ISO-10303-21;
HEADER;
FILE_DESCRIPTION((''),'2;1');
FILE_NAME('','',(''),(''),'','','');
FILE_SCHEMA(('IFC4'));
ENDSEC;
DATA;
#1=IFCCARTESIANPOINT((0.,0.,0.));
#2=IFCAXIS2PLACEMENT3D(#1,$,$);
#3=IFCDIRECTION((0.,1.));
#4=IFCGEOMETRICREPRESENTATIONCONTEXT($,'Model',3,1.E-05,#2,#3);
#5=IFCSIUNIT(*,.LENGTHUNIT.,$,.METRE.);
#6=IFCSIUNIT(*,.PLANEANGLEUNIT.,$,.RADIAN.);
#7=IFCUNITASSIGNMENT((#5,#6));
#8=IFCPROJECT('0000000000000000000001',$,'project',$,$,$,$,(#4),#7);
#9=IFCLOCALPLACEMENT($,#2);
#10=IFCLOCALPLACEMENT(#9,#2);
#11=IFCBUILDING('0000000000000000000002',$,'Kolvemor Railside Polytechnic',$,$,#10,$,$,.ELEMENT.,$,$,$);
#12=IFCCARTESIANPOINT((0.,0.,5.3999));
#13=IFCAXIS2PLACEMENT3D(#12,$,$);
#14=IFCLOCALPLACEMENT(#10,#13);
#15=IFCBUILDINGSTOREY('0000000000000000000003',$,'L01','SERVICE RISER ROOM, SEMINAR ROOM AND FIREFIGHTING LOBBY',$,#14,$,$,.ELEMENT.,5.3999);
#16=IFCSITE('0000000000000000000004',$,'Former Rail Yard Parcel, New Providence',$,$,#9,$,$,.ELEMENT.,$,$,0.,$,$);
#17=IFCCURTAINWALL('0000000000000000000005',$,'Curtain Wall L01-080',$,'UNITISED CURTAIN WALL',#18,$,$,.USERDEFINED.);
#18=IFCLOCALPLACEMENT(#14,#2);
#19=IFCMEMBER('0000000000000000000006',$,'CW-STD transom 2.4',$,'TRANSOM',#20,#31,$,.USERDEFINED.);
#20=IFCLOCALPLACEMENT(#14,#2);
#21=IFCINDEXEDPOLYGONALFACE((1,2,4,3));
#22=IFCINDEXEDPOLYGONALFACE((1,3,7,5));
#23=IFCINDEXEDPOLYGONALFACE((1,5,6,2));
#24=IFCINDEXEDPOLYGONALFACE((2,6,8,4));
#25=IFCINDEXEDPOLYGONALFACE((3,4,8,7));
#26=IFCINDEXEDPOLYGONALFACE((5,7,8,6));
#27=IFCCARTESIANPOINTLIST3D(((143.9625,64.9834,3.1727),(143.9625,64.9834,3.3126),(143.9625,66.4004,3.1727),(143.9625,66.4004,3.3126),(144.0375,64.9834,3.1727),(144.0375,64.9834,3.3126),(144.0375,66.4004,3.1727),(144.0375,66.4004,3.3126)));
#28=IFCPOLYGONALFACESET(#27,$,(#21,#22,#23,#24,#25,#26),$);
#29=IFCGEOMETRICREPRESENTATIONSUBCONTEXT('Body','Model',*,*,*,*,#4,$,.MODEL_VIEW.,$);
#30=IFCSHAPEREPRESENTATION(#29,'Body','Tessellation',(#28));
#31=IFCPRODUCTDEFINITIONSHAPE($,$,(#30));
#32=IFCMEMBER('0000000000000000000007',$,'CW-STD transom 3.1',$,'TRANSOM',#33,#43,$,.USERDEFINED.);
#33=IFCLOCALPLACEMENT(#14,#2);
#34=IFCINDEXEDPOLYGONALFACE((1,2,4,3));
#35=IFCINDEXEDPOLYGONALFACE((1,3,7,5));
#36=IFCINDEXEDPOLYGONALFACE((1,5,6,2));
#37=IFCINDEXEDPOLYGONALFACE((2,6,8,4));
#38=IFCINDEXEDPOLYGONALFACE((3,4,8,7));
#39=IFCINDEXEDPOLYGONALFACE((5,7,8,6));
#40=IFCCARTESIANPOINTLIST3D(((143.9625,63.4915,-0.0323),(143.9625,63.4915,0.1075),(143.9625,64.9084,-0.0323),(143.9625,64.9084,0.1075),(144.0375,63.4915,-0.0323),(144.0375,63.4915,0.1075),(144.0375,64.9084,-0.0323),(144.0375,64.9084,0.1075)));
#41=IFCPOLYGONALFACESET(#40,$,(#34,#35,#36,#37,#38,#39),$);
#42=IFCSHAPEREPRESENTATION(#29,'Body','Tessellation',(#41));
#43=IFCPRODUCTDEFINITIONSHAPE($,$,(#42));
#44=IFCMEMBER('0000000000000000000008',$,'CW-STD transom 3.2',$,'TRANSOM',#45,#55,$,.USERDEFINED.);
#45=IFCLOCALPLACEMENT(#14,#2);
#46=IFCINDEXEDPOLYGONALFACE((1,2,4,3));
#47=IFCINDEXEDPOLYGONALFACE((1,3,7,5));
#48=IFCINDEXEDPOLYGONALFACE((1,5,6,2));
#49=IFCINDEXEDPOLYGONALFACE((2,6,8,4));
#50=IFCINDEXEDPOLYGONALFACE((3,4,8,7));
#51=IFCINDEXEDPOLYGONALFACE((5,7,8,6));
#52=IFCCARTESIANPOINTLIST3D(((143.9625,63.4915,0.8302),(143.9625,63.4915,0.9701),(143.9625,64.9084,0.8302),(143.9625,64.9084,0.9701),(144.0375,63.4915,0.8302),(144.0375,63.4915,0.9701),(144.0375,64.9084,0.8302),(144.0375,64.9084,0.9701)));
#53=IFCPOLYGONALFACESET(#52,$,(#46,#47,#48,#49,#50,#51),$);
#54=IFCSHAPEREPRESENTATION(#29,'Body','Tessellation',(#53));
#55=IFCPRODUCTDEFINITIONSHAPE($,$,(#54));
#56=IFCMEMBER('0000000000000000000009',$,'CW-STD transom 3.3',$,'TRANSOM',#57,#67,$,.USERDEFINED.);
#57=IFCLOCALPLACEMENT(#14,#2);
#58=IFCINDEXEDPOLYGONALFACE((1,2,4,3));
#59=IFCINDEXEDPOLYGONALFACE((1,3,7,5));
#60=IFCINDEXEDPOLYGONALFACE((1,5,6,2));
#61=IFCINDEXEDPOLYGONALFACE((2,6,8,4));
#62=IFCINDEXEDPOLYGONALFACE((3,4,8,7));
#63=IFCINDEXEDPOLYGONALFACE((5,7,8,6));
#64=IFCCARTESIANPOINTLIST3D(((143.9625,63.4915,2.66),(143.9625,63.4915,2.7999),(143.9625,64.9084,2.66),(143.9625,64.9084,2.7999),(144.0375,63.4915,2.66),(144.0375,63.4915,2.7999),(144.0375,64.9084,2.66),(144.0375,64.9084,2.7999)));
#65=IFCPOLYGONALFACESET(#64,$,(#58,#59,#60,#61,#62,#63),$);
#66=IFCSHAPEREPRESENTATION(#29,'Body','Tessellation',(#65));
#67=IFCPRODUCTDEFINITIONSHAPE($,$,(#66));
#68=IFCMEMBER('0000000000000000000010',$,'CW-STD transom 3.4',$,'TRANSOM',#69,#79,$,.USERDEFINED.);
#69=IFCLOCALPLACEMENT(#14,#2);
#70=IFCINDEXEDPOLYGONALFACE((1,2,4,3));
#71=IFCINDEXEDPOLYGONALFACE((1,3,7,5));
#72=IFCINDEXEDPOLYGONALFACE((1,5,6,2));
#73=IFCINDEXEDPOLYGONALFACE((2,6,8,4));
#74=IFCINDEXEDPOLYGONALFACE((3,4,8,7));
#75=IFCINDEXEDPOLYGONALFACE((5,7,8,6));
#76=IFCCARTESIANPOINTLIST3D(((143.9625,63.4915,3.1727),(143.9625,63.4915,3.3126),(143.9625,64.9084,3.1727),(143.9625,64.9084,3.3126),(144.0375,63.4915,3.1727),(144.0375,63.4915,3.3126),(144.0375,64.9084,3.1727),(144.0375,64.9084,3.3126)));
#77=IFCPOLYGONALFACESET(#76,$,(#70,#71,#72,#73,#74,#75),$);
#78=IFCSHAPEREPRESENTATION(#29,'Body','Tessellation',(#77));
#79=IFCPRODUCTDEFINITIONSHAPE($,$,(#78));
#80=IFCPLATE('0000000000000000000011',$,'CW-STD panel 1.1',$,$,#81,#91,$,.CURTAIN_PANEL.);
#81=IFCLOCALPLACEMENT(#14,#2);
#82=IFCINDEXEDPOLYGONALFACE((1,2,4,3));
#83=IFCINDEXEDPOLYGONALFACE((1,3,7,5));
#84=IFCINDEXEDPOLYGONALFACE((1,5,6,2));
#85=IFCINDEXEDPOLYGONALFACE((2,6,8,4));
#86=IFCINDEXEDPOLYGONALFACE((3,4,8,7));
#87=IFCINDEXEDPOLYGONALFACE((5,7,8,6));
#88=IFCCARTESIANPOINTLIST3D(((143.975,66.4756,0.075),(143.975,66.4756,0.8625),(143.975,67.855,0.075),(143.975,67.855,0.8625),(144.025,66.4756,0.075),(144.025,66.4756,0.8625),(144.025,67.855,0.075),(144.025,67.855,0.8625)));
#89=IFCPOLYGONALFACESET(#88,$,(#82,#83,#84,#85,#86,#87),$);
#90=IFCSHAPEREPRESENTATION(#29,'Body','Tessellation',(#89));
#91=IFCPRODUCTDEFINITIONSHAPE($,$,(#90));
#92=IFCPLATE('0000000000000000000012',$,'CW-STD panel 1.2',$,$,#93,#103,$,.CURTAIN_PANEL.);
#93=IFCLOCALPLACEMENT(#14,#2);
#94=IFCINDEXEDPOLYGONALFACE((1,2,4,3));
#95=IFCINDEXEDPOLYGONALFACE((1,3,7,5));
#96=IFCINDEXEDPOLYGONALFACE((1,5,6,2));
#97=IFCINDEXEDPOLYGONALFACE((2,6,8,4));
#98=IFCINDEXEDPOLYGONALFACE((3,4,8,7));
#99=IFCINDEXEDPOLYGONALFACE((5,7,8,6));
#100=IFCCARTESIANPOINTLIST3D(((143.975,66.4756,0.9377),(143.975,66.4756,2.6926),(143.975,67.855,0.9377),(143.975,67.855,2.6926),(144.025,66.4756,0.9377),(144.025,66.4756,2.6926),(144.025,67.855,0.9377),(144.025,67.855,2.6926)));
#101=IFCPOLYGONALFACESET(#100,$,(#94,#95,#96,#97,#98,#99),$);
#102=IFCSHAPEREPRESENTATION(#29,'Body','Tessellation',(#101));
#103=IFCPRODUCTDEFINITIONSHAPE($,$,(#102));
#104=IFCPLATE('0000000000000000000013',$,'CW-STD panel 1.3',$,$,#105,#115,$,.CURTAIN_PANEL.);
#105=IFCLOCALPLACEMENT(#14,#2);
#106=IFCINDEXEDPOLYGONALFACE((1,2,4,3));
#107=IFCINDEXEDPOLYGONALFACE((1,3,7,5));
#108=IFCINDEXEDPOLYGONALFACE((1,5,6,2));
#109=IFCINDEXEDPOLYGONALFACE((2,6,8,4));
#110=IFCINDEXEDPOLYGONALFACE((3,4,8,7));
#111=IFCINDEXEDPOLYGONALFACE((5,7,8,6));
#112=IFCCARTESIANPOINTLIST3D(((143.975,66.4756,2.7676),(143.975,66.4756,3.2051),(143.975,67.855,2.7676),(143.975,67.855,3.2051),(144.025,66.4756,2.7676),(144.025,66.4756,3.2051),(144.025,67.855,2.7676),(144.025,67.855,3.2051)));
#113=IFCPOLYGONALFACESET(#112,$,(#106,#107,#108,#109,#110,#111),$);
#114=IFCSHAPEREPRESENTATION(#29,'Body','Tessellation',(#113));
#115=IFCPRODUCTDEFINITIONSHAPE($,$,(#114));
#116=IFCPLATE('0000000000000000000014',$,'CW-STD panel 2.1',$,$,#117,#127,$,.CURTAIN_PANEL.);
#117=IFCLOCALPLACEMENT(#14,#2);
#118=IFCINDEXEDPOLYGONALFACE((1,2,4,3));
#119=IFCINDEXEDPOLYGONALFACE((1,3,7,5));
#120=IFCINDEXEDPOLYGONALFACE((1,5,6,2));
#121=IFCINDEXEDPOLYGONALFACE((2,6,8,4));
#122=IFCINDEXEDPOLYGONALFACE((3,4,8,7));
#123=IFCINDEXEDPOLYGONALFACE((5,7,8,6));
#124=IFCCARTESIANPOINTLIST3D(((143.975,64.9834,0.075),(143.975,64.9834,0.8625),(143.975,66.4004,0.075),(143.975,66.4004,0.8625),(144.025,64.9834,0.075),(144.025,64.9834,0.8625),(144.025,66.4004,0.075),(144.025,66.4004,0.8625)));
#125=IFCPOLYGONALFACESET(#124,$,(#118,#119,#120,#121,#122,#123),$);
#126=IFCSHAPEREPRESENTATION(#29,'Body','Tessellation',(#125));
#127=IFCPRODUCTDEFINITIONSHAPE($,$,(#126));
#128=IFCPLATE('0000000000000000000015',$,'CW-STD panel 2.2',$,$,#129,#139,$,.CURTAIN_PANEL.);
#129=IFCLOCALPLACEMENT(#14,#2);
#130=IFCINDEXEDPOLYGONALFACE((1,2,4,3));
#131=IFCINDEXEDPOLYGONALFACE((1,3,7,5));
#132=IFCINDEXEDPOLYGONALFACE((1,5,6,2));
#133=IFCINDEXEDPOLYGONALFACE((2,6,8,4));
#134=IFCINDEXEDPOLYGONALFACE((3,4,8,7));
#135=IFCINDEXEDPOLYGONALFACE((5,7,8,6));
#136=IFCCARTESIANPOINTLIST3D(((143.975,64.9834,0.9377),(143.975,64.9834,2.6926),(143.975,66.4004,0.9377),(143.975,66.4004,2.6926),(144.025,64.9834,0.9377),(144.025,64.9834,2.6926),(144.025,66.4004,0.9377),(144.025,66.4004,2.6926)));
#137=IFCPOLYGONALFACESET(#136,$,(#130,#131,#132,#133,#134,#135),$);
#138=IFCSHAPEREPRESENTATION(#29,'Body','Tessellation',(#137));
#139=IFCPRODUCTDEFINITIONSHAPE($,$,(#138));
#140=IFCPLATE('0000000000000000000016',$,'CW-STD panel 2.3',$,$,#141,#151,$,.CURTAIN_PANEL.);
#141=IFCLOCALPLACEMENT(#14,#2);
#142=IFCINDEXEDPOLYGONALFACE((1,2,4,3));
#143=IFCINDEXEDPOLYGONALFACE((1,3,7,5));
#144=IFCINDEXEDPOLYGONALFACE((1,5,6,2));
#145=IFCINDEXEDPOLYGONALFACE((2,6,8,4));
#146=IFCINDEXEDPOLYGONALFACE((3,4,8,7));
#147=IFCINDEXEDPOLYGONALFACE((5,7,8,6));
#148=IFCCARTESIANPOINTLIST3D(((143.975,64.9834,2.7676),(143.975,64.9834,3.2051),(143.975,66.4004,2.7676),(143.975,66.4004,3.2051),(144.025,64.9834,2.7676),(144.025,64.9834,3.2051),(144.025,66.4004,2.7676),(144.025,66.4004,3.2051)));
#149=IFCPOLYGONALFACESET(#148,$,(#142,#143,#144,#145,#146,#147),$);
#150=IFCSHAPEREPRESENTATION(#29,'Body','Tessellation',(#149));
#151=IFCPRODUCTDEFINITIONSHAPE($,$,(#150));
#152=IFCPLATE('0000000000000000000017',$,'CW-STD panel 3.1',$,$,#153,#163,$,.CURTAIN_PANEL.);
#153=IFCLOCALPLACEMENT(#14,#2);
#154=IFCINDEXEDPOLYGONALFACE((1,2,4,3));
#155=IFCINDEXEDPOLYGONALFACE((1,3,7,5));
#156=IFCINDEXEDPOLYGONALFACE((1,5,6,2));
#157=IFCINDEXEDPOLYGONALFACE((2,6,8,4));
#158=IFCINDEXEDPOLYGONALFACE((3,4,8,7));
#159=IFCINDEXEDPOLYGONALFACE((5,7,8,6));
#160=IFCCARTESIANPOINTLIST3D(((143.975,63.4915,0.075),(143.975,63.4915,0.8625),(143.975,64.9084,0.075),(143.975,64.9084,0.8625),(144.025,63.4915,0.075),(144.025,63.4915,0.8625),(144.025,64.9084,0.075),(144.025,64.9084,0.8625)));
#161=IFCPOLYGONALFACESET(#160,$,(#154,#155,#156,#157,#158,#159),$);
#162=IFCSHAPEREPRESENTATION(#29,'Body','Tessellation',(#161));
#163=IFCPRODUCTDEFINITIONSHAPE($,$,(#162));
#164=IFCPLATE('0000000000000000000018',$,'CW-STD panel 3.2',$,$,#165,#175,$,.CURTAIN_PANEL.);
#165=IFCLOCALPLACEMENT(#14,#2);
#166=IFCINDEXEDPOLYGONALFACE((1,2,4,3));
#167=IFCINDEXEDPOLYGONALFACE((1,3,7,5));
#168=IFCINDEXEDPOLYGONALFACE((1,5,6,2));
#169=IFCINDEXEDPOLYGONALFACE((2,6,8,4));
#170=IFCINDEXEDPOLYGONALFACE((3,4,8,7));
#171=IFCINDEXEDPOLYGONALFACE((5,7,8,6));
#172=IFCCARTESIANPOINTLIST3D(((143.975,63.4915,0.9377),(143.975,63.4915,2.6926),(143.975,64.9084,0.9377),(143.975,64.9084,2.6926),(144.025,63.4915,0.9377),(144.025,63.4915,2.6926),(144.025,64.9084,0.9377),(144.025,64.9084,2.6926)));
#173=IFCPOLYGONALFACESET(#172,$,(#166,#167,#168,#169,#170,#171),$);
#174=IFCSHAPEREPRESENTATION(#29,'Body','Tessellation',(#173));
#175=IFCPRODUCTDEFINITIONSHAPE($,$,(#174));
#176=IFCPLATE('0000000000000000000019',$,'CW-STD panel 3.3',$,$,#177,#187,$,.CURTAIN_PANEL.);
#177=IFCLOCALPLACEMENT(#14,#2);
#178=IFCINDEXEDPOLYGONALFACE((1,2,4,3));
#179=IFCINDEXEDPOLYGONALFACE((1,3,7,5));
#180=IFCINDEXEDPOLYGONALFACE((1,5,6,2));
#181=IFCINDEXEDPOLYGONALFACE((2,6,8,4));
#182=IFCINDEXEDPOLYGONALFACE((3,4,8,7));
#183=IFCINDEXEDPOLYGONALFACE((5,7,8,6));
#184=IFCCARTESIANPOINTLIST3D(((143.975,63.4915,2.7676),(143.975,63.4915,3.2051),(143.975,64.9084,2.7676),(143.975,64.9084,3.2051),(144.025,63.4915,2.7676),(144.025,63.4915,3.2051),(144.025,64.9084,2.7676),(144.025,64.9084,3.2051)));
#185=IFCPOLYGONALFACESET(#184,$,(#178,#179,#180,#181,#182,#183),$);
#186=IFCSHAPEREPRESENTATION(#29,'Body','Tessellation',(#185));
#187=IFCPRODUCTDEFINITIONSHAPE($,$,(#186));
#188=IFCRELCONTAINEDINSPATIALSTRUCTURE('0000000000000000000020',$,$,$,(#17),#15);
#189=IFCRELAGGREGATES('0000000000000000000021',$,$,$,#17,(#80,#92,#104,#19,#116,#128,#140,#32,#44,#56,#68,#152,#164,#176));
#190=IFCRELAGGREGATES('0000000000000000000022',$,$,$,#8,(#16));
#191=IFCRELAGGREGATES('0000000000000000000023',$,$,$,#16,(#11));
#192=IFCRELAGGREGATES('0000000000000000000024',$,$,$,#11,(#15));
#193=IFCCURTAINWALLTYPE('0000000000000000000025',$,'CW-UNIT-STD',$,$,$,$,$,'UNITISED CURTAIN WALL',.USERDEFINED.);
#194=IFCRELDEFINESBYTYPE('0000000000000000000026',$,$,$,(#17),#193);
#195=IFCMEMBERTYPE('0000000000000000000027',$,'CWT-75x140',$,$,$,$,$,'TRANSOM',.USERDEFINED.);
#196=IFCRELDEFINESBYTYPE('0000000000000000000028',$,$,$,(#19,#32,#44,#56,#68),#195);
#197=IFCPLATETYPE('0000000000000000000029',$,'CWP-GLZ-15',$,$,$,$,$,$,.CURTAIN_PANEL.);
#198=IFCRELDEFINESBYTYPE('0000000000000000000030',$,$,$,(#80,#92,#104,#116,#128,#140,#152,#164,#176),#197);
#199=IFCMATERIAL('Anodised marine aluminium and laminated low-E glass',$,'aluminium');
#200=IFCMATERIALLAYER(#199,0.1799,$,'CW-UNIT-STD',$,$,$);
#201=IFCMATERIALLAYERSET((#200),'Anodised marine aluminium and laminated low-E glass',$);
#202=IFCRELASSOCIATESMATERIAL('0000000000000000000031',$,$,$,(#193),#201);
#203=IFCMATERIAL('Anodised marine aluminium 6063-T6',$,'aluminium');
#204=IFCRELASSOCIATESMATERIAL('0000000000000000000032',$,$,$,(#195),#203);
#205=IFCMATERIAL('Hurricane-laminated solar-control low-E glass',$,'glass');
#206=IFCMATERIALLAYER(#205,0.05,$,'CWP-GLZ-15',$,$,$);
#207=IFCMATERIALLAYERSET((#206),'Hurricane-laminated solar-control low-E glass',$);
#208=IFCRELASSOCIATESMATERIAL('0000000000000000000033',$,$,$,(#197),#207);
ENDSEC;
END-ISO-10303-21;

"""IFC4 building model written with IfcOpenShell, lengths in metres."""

from ifc_helpers import new_model, si_unit, direction, frame, origin, origin_2d, place, context, subcontext, project, spatial, rectangle, extrude, material, layer, layer_set, material_profile, profile_set, type_object, element, aggregate, save


model = new_model("IFC4")

# Units and contexts
model_context = context("Model", 3, precision=1e-05, world=origin(), true_north=direction((0.0, 1.0)))
body_context = subcontext(model_context, "Body", "Model", "MODEL_VIEW")
ifc_project = project(units=[si_unit("LENGTHUNIT", "METRE"), si_unit("PLANEANGLEUNIT", "RADIAN")], contexts=[model_context])

# Site, building, storey
site_placement = place(None, origin())
site = spatial("IfcSite", under=ifc_project, at=site_placement, Name="Former Rail Yard Parcel, New Providence", CompositionType="ELEMENT", RefElevation=0.0)
building_placement = place(site_placement, origin())
building = spatial("IfcBuilding", under=site, at=building_placement, Name="Kolvemor Railside Polytechnic", CompositionType="ELEMENT")
storey_placement = place(building_placement, frame((0.0, 0.0, 5.3999)))
storey = spatial("IfcBuildingStorey", under=building, at=storey_placement, Name="L01", Description="SERVICE RISER ROOM, SEMINAR ROOM AND FIREFIGHTING LOBBY", CompositionType="ELEMENT", Elevation=5.3999)

# Curtain wall
ifc_material_1 = material(Name="Anodised marine aluminium and laminated low-E glass", Category="aluminium")
ifc_layer_1 = layer(ifc_material_1, 0.1799, Name="CW-UNIT-STD")
ifc_layer_set_1 = layer_set([ifc_layer_1], Name="Anodised marine aluminium and laminated low-E glass")
curtain_wall_type = type_object("IfcCurtainWallType", Name="CW-UNIT-STD", ElementType="UNITISED CURTAIN WALL", PredefinedType="USERDEFINED", material=ifc_layer_set_1)
curtain_wall_1_placement = place(storey_placement, origin())
curtain_wall_1 = element("IfcCurtainWall", 1, at=curtain_wall_1_placement, inside=storey, type_object=curtain_wall_type, Name="Curtain Wall L01-080", ObjectType="UNITISED CURTAIN WALL", PredefinedType="USERDEFINED")

# Members
ifc_material_2 = material(Name="Anodised marine aluminium 6063-T6", Category="aluminium")
ifc_material_profile_1 = material_profile(ifc_material_2, rectangle(XDim=0.075, YDim=0.1399, at=origin_2d()), Name="CW-TRN-75x140")
ifc_profile_set_1 = profile_set([ifc_material_profile_1], Name="Anodised marine aluminium 6063-T6")
member_type_1 = type_object("IfcMemberType", Name="CWT-75x140", ElementType="TRANSOM", PredefinedType="USERDEFINED", material=ifc_profile_set_1)
member_1_placement = place(storey_placement, frame((144.0, 66.4004, 3.2427), z_axis=(0.0, -1.0, 0.0), x_axis=(1.0, 0.0, 0.0)))
member_1 = element("IfcMember", 2, at=member_1_placement, type_object=member_type_1, Name="CW-STD transom 2.4", ObjectType="TRANSOM", PredefinedType="USERDEFINED", context=body_context, shape_type="SweptSolid", body=[
    extrude(rectangle(XDim=0.075, YDim=0.1399, at=origin_2d()), origin(), (0.0, 0.0, 1.0), 1.417),
])
member_2_placement = place(storey_placement, frame((144.0, 64.9084, 0.0376), z_axis=(0.0, -1.0, 0.0), x_axis=(1.0, 0.0, 0.0)))
member_2 = element("IfcMember", 3, at=member_2_placement, type_object=member_type_1, Name="CW-STD transom 3.1", ObjectType="TRANSOM", PredefinedType="USERDEFINED", context=body_context, shape_type="SweptSolid", body=[
    extrude(rectangle(XDim=0.075, YDim=0.1399, at=origin_2d()), origin(), (0.0, 0.0, 1.0), 1.417),
])
member_3_placement = place(storey_placement, frame((144.0, 64.9084, 0.9001), z_axis=(0.0, -1.0, 0.0), x_axis=(1.0, 0.0, 0.0)))
member_3 = element("IfcMember", 4, at=member_3_placement, type_object=member_type_1, Name="CW-STD transom 3.2", ObjectType="TRANSOM", PredefinedType="USERDEFINED", context=body_context, shape_type="SweptSolid", body=[
    extrude(rectangle(XDim=0.075, YDim=0.1399, at=origin_2d()), origin(), (0.0, 0.0, 1.0), 1.417),
])
member_4_placement = place(storey_placement, frame((144.0, 64.9084, 2.73), z_axis=(0.0, -1.0, 0.0), x_axis=(1.0, 0.0, 0.0)))
member_4 = element("IfcMember", 5, at=member_4_placement, type_object=member_type_1, Name="CW-STD transom 3.3", ObjectType="TRANSOM", PredefinedType="USERDEFINED", context=body_context, shape_type="SweptSolid", body=[
    extrude(rectangle(XDim=0.075, YDim=0.1399, at=origin_2d()), origin(), (0.0, 0.0, 1.0), 1.417),
])
member_5_placement = place(storey_placement, frame((144.0, 64.9084, 3.2427), z_axis=(0.0, -1.0, 0.0), x_axis=(1.0, 0.0, 0.0)))
member_5 = element("IfcMember", 6, at=member_5_placement, type_object=member_type_1, Name="CW-STD transom 3.4", ObjectType="TRANSOM", PredefinedType="USERDEFINED", context=body_context, shape_type="SweptSolid", body=[
    extrude(rectangle(XDim=0.075, YDim=0.1399, at=origin_2d()), origin(), (0.0, 0.0, 1.0), 1.417),
])

# Plates
ifc_material_3 = material(Name="Hurricane-laminated solar-control low-E glass", Category="glass")
ifc_layer_2 = layer(ifc_material_3, 0.05, Name="CWP-GLZ-15")
ifc_layer_set_2 = layer_set([ifc_layer_2], Name="Hurricane-laminated solar-control low-E glass")
plate_type = type_object("IfcPlateType", Name="CWP-GLZ-15", PredefinedType="CURTAIN_PANEL", material=ifc_layer_set_2)
plate_1_placement = place(storey_placement, frame((144.0, 67.1653, 0.075), z_axis=(0.0, 0.0, 1.0), x_axis=(0.0, -1.0, 0.0)))
plate_1 = element("IfcPlate", 7, at=plate_1_placement, type_object=plate_type, Name="CW-STD panel 1.1", PredefinedType="CURTAIN_PANEL", context=body_context, shape_type="SweptSolid", body=[
    extrude(rectangle(XDim=1.3794, YDim=0.05, at=origin_2d()), origin(), (0.0, 0.0, 1.0), 0.7876),
])
plate_2_placement = place(storey_placement, frame((144.0, 67.1653, 0.9377), z_axis=(0.0, 0.0, 1.0), x_axis=(0.0, -1.0, 0.0)))
plate_2 = element("IfcPlate", 8, at=plate_2_placement, type_object=plate_type, Name="CW-STD panel 1.2", PredefinedType="CURTAIN_PANEL", context=body_context, shape_type="SweptSolid", body=[
    extrude(rectangle(XDim=1.3794, YDim=0.05, at=origin_2d()), origin(), (0.0, 0.0, 1.0), 1.7549),
])
plate_3_placement = place(storey_placement, frame((144.0, 67.1653, 2.7676), z_axis=(0.0, 0.0, 1.0), x_axis=(0.0, -1.0, 0.0)))
plate_3 = element("IfcPlate", 9, at=plate_3_placement, type_object=plate_type, Name="CW-STD panel 1.3", PredefinedType="CURTAIN_PANEL", context=body_context, shape_type="SweptSolid", body=[
    extrude(rectangle(XDim=1.3794, YDim=0.05, at=origin_2d()), origin(), (0.0, 0.0, 1.0), 0.4375),
])
plate_4_placement = place(storey_placement, frame((144.0, 65.6919, 0.075), z_axis=(0.0, 0.0, 1.0), x_axis=(0.0, -1.0, 0.0)))
plate_4 = element("IfcPlate", 10, at=plate_4_placement, type_object=plate_type, Name="CW-STD panel 2.1", PredefinedType="CURTAIN_PANEL", context=body_context, shape_type="SweptSolid", body=[
    extrude(rectangle(XDim=1.417, YDim=0.05, at=origin_2d()), origin(), (0.0, 0.0, 1.0), 0.7876),
])
plate_5_placement = place(storey_placement, frame((144.0, 65.6919, 0.9377), z_axis=(0.0, 0.0, 1.0), x_axis=(0.0, -1.0, 0.0)))
plate_5 = element("IfcPlate", 11, at=plate_5_placement, type_object=plate_type, Name="CW-STD panel 2.2", PredefinedType="CURTAIN_PANEL", context=body_context, shape_type="SweptSolid", body=[
    extrude(rectangle(XDim=1.417, YDim=0.05, at=origin_2d()), origin(), (0.0, 0.0, 1.0), 1.7549),
])
plate_6_placement = place(storey_placement, frame((144.0, 65.6919, 2.7676), z_axis=(0.0, 0.0, 1.0), x_axis=(0.0, -1.0, 0.0)))
plate_6 = element("IfcPlate", 12, at=plate_6_placement, type_object=plate_type, Name="CW-STD panel 2.3", PredefinedType="CURTAIN_PANEL", context=body_context, shape_type="SweptSolid", body=[
    extrude(rectangle(XDim=1.417, YDim=0.05, at=origin_2d()), origin(), (0.0, 0.0, 1.0), 0.4375),
])
plate_7_placement = place(storey_placement, frame((144.0, 64.2, 0.075), z_axis=(0.0, 0.0, 1.0), x_axis=(0.0, -1.0, 0.0)))
plate_7 = element("IfcPlate", 13, at=plate_7_placement, type_object=plate_type, Name="CW-STD panel 3.1", PredefinedType="CURTAIN_PANEL", context=body_context, shape_type="SweptSolid", body=[
    extrude(rectangle(XDim=1.417, YDim=0.05, at=origin_2d()), origin(), (0.0, 0.0, 1.0), 0.7876),
])
plate_8_placement = place(storey_placement, frame((144.0, 64.2, 0.9377), z_axis=(0.0, 0.0, 1.0), x_axis=(0.0, -1.0, 0.0)))
plate_8 = element("IfcPlate", 14, at=plate_8_placement, type_object=plate_type, Name="CW-STD panel 3.2", PredefinedType="CURTAIN_PANEL", context=body_context, shape_type="SweptSolid", body=[
    extrude(rectangle(XDim=1.417, YDim=0.05, at=origin_2d()), origin(), (0.0, 0.0, 1.0), 1.7549),
])
plate_9_placement = place(storey_placement, frame((144.0, 64.2, 2.7676), z_axis=(0.0, 0.0, 1.0), x_axis=(0.0, -1.0, 0.0)))
plate_9 = element("IfcPlate", 15, at=plate_9_placement, type_object=plate_type, Name="CW-STD panel 3.3", PredefinedType="CURTAIN_PANEL", context=body_context, shape_type="SweptSolid", body=[
    extrude(rectangle(XDim=1.417, YDim=0.05, at=origin_2d()), origin(), (0.0, 0.0, 1.0), 0.4375),
])
aggregate(curtain_wall_1, [plate_1, plate_2, plate_3, member_1, plate_4, plate_5, plate_6, member_2, member_3, member_4, member_5, plate_7, plate_8, plate_9])

save(model, "model.ifc")
